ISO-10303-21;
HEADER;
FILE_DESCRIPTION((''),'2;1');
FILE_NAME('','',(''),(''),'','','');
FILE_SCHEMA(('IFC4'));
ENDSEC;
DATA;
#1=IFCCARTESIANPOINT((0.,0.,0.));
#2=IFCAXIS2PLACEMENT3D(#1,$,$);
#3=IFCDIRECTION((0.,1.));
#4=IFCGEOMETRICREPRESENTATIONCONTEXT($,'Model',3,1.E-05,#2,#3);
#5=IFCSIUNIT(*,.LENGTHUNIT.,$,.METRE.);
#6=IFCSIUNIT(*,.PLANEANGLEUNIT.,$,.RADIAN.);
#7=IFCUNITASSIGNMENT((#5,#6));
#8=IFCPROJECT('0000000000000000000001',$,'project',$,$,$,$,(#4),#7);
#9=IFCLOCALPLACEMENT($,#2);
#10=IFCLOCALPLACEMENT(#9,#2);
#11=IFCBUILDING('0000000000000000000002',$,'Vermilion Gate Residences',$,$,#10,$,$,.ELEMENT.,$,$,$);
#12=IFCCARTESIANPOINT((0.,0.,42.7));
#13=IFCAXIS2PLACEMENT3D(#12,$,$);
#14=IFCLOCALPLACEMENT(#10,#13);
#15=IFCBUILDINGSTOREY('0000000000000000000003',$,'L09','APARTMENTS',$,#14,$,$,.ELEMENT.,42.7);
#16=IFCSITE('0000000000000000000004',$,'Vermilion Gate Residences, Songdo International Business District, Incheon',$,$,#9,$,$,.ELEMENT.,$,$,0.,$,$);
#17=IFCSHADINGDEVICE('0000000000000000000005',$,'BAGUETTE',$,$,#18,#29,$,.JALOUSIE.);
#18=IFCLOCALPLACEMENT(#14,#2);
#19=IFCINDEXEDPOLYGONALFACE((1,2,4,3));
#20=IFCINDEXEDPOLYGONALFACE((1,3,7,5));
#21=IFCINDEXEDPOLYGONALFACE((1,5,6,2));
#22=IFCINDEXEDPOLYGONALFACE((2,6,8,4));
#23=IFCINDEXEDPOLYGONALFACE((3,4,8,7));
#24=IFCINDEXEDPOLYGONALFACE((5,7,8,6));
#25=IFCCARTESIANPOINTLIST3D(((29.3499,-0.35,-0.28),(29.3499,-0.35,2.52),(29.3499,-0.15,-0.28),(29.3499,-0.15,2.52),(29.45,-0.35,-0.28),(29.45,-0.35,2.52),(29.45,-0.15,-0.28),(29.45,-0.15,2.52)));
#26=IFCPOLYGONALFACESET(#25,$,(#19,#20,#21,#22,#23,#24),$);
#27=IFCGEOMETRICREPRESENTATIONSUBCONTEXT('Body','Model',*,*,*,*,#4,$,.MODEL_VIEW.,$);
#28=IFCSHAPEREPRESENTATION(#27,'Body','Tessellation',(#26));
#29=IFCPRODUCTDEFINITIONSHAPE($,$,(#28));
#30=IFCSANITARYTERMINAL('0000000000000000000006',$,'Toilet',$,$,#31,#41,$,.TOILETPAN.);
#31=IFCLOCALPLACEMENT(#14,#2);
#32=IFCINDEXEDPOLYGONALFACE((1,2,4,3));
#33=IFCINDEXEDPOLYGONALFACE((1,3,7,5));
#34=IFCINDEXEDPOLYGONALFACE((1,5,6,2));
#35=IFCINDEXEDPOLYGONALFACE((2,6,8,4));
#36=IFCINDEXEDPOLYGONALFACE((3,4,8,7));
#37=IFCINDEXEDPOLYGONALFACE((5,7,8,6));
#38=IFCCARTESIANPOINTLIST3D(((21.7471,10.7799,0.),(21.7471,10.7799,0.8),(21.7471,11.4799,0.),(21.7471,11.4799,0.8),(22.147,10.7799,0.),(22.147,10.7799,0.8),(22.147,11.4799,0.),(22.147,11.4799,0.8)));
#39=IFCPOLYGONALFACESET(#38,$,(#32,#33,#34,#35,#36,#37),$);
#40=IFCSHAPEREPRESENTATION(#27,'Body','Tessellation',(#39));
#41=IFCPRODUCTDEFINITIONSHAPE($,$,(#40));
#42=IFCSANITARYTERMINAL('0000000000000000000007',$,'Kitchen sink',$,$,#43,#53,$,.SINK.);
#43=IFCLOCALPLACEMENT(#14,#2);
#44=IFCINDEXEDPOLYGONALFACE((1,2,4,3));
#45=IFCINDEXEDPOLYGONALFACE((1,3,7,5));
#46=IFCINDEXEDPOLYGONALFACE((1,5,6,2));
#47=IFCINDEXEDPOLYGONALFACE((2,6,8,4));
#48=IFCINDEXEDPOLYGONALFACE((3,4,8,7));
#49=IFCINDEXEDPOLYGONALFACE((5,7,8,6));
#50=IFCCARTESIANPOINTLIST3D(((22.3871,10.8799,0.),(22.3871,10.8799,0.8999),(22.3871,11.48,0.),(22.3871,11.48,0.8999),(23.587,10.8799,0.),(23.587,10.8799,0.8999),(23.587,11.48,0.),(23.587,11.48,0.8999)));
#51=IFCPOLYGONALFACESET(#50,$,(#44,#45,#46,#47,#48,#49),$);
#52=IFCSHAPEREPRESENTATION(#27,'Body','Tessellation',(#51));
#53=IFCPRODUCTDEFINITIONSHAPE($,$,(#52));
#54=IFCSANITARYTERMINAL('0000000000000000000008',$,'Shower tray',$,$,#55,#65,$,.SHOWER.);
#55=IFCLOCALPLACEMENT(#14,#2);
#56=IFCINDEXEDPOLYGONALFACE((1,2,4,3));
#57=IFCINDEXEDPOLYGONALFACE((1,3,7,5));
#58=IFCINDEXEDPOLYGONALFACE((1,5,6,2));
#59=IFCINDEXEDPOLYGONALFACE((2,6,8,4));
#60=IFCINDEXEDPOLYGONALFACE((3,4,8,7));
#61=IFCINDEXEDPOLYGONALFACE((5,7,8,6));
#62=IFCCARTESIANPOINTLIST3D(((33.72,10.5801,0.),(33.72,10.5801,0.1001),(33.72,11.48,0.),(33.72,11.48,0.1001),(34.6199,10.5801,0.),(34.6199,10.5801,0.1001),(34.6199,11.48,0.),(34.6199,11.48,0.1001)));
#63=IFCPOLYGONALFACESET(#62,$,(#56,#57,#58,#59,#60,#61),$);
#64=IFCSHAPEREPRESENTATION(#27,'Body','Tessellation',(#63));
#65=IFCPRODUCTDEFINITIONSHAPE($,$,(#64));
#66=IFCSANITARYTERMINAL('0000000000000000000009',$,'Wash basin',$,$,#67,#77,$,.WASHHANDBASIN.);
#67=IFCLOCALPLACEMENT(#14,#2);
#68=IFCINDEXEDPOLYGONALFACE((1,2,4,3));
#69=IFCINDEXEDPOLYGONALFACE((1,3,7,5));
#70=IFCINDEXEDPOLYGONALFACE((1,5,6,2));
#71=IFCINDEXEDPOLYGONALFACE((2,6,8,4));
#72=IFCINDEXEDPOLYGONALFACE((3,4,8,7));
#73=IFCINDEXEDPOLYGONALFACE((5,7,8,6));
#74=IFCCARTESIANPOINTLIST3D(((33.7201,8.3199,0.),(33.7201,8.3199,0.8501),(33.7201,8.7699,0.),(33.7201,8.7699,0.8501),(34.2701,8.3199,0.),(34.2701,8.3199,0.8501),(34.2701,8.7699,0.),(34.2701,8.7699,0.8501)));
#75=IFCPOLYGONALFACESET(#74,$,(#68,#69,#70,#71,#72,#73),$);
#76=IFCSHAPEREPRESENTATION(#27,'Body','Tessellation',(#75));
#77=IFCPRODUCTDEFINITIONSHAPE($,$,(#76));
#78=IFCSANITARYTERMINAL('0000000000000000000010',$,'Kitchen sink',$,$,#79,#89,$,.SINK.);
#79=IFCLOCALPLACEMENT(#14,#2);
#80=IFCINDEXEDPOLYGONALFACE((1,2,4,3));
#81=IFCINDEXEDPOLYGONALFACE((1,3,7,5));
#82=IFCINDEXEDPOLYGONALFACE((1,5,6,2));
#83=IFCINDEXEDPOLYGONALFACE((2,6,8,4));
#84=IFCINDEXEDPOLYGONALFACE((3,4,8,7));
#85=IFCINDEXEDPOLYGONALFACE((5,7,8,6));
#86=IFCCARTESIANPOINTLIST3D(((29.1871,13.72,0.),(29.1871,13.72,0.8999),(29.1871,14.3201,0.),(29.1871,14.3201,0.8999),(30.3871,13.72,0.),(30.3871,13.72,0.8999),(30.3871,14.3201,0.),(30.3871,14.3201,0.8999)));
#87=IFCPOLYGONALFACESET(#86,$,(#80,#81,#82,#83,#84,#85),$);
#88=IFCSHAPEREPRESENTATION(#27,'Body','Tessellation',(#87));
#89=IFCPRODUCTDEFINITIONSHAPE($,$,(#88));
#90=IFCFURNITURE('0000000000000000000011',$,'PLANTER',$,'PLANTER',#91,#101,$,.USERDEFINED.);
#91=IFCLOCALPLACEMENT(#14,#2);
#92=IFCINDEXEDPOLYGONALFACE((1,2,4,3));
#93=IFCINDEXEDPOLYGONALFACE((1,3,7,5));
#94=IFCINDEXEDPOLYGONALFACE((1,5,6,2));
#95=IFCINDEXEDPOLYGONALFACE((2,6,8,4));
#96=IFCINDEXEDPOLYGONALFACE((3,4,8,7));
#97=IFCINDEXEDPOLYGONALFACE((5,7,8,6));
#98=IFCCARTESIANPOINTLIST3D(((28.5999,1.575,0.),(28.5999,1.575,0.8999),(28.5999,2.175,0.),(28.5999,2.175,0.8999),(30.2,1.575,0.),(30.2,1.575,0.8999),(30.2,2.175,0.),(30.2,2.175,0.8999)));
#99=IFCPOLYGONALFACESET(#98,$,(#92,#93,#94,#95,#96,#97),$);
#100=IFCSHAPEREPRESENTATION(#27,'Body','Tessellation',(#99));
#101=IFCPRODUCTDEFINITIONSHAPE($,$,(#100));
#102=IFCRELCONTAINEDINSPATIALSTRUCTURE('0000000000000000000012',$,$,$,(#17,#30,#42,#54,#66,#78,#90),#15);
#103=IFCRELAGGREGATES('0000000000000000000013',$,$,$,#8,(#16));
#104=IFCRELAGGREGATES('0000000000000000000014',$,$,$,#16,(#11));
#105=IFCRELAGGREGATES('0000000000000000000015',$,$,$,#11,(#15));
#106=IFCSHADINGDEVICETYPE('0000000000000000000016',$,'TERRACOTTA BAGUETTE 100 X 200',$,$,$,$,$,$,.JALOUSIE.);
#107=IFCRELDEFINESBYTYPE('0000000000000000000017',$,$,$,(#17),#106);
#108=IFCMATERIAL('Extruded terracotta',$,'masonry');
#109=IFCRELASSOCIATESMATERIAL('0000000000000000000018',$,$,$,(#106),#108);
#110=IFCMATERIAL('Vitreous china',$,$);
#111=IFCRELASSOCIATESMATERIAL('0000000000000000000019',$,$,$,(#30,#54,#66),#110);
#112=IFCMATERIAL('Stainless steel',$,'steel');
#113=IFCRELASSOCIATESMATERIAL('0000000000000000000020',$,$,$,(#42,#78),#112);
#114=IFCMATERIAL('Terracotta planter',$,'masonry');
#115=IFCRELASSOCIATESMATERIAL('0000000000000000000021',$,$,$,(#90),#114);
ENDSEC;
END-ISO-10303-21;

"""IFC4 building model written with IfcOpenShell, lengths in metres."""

from ifc_helpers import new_model, si_unit, direction, frame, origin, origin_2d, place, context, subcontext, project, spatial, rectangle, extrude, material, material_profile, profile_set, type_object, element, save


model = new_model("IFC4")

# Units and contexts
model_context = context("Model", 3, precision=1e-05, world=origin(), true_north=direction((0.0, 1.0)))
body_context = subcontext(model_context, "Body", "Model", "MODEL_VIEW")
ifc_project = project(units=[si_unit("LENGTHUNIT", "METRE"), si_unit("PLANEANGLEUNIT", "RADIAN")], contexts=[model_context])

# Site, building, storey
site_placement = place(None, origin())
site = spatial("IfcSite", under=ifc_project, at=site_placement, Name="Vermilion Gate Residences, Songdo International Business District, Incheon", CompositionType="ELEMENT", RefElevation=0.0)
building_placement = place(site_placement, origin())
building = spatial("IfcBuilding", under=site, at=building_placement, Name="Vermilion Gate Residences", CompositionType="ELEMENT")
storey_placement = place(building_placement, frame((0.0, 0.0, 42.7)))
storey = spatial("IfcBuildingStorey", under=building, at=storey_placement, Name="L09", Description="APARTMENTS", CompositionType="ELEMENT", Elevation=42.7)

# Shading device
ifc_material_1 = material(Name="Extruded terracotta", Category="masonry")
ifc_material_profile_1 = material_profile(ifc_material_1, rectangle(XDim=0.2, YDim=0.1001, at=origin_2d()), Name="BAGUETTE 100 X 200")
ifc_profile_set_1 = profile_set([ifc_material_profile_1], Name="Extruded terracotta")
shading_device_type = type_object("IfcShadingDeviceType", Name="TERRACOTTA BAGUETTE 100 X 200", PredefinedType="JALOUSIE", material=ifc_profile_set_1)
for number, where, z_axis, x_axis, name in (
    (1, (29.3999, -0.25, -0.28), (0.0, 0.0, 1.0), (0.0, 1.0, 0.0), "BAGUETTE"),
):
    element("IfcShadingDevice", number, at=place(storey_placement, frame(where, z_axis=z_axis, x_axis=x_axis)), inside=storey, type_object=shading_device_type, Name=name, PredefinedType="JALOUSIE", context=body_context, shape_type="SweptSolid", body=[
        extrude(rectangle(XDim=0.2, YDim=0.1001, at=origin_2d()), origin(), (0.0, 0.0, 1.0), 2.8),
    ])

# Sanitary terminals
ifc_material_2 = material(Name="Vitreous china")
sanitary_terminal_1_placement = place(storey_placement, frame((21.947, 11.1299, 0.0), z_axis=(0.0, 0.0, 1.0), x_axis=(1.0, 0.0, 0.0)))
element("IfcSanitaryTerminal", 2, at=sanitary_terminal_1_placement, inside=storey, material=ifc_material_2, Name="Toilet", PredefinedType="TOILETPAN", context=body_context, shape_type="SweptSolid", body=[
    extrude(rectangle(XDim=0.3999, YDim=0.7, at=origin_2d()), origin(), (0.0, 0.0, 1.0), 0.8),
])
ifc_material_3 = material(Name="Stainless steel", Category="steel")
sanitary_terminal_2_placement = place(storey_placement, frame((22.9871, 11.1799, 0.0), z_axis=(0.0, 0.0, 1.0), x_axis=(1.0, 0.0, 0.0)))
element("IfcSanitaryTerminal", 3, at=sanitary_terminal_2_placement, inside=storey, material=ifc_material_3, Name="Kitchen sink", PredefinedType="SINK", context=body_context, shape_type="SweptSolid", body=[
    extrude(rectangle(XDim=1.2, YDim=0.6001, at=origin_2d()), origin(), (0.0, 0.0, 1.0), 0.8999),
])
sanitary_terminal_3_placement = place(storey_placement, frame((34.1699, 11.03, 0.0), z_axis=(0.0, 0.0, 1.0), x_axis=(1.0, 0.0, 0.0)))
element("IfcSanitaryTerminal", 4, at=sanitary_terminal_3_placement, inside=storey, material=ifc_material_2, Name="Shower tray", PredefinedType="SHOWER", context=body_context, shape_type="SweptSolid", body=[
    extrude(rectangle(XDim=0.8999, YDim=0.8999, at=origin_2d()), origin(), (0.0, 0.0, 1.0), 0.1001),
])
sanitary_terminal_4_placement = place(storey_placement, frame((33.9951, 8.5449, 0.0), z_axis=(0.0, 0.0, 1.0), x_axis=(1.0, 0.0, 0.0)))
element("IfcSanitaryTerminal", 5, at=sanitary_terminal_4_placement, inside=storey, material=ifc_material_2, Name="Wash basin", PredefinedType="WASHHANDBASIN", context=body_context, shape_type="SweptSolid", body=[
    extrude(rectangle(XDim=0.55, YDim=0.45, at=origin_2d()), origin(), (0.0, 0.0, 1.0), 0.8501),
])
sanitary_terminal_5_placement = place(storey_placement, frame((29.7871, 14.02, 0.0), z_axis=(0.0, 0.0, 1.0), x_axis=(1.0, 0.0, 0.0)))
element("IfcSanitaryTerminal", 6, at=sanitary_terminal_5_placement, inside=storey, material=ifc_material_3, Name="Kitchen sink", PredefinedType="SINK", context=body_context, shape_type="SweptSolid", body=[
    extrude(rectangle(XDim=1.2, YDim=0.6001, at=origin_2d()), origin(), (0.0, 0.0, 1.0), 0.8999),
])

# Furniture
ifc_material_4 = material(Name="Terracotta planter", Category="masonry")
furniture_placement = place(storey_placement, frame((29.3999, 1.875, 0.0), z_axis=(0.0, 0.0, 1.0), x_axis=(1.0, 0.0, 0.0)))
element("IfcFurniture", 7, at=furniture_placement, inside=storey, material=ifc_material_4, Name="PLANTER", ObjectType="PLANTER", PredefinedType="USERDEFINED", context=body_context, shape_type="SweptSolid", body=[
    extrude(rectangle(XDim=1.6001, YDim=0.6001, at=origin_2d()), origin(), (0.0, 0.0, 1.0), 0.8999),
])

save(model, "model.ifc")
